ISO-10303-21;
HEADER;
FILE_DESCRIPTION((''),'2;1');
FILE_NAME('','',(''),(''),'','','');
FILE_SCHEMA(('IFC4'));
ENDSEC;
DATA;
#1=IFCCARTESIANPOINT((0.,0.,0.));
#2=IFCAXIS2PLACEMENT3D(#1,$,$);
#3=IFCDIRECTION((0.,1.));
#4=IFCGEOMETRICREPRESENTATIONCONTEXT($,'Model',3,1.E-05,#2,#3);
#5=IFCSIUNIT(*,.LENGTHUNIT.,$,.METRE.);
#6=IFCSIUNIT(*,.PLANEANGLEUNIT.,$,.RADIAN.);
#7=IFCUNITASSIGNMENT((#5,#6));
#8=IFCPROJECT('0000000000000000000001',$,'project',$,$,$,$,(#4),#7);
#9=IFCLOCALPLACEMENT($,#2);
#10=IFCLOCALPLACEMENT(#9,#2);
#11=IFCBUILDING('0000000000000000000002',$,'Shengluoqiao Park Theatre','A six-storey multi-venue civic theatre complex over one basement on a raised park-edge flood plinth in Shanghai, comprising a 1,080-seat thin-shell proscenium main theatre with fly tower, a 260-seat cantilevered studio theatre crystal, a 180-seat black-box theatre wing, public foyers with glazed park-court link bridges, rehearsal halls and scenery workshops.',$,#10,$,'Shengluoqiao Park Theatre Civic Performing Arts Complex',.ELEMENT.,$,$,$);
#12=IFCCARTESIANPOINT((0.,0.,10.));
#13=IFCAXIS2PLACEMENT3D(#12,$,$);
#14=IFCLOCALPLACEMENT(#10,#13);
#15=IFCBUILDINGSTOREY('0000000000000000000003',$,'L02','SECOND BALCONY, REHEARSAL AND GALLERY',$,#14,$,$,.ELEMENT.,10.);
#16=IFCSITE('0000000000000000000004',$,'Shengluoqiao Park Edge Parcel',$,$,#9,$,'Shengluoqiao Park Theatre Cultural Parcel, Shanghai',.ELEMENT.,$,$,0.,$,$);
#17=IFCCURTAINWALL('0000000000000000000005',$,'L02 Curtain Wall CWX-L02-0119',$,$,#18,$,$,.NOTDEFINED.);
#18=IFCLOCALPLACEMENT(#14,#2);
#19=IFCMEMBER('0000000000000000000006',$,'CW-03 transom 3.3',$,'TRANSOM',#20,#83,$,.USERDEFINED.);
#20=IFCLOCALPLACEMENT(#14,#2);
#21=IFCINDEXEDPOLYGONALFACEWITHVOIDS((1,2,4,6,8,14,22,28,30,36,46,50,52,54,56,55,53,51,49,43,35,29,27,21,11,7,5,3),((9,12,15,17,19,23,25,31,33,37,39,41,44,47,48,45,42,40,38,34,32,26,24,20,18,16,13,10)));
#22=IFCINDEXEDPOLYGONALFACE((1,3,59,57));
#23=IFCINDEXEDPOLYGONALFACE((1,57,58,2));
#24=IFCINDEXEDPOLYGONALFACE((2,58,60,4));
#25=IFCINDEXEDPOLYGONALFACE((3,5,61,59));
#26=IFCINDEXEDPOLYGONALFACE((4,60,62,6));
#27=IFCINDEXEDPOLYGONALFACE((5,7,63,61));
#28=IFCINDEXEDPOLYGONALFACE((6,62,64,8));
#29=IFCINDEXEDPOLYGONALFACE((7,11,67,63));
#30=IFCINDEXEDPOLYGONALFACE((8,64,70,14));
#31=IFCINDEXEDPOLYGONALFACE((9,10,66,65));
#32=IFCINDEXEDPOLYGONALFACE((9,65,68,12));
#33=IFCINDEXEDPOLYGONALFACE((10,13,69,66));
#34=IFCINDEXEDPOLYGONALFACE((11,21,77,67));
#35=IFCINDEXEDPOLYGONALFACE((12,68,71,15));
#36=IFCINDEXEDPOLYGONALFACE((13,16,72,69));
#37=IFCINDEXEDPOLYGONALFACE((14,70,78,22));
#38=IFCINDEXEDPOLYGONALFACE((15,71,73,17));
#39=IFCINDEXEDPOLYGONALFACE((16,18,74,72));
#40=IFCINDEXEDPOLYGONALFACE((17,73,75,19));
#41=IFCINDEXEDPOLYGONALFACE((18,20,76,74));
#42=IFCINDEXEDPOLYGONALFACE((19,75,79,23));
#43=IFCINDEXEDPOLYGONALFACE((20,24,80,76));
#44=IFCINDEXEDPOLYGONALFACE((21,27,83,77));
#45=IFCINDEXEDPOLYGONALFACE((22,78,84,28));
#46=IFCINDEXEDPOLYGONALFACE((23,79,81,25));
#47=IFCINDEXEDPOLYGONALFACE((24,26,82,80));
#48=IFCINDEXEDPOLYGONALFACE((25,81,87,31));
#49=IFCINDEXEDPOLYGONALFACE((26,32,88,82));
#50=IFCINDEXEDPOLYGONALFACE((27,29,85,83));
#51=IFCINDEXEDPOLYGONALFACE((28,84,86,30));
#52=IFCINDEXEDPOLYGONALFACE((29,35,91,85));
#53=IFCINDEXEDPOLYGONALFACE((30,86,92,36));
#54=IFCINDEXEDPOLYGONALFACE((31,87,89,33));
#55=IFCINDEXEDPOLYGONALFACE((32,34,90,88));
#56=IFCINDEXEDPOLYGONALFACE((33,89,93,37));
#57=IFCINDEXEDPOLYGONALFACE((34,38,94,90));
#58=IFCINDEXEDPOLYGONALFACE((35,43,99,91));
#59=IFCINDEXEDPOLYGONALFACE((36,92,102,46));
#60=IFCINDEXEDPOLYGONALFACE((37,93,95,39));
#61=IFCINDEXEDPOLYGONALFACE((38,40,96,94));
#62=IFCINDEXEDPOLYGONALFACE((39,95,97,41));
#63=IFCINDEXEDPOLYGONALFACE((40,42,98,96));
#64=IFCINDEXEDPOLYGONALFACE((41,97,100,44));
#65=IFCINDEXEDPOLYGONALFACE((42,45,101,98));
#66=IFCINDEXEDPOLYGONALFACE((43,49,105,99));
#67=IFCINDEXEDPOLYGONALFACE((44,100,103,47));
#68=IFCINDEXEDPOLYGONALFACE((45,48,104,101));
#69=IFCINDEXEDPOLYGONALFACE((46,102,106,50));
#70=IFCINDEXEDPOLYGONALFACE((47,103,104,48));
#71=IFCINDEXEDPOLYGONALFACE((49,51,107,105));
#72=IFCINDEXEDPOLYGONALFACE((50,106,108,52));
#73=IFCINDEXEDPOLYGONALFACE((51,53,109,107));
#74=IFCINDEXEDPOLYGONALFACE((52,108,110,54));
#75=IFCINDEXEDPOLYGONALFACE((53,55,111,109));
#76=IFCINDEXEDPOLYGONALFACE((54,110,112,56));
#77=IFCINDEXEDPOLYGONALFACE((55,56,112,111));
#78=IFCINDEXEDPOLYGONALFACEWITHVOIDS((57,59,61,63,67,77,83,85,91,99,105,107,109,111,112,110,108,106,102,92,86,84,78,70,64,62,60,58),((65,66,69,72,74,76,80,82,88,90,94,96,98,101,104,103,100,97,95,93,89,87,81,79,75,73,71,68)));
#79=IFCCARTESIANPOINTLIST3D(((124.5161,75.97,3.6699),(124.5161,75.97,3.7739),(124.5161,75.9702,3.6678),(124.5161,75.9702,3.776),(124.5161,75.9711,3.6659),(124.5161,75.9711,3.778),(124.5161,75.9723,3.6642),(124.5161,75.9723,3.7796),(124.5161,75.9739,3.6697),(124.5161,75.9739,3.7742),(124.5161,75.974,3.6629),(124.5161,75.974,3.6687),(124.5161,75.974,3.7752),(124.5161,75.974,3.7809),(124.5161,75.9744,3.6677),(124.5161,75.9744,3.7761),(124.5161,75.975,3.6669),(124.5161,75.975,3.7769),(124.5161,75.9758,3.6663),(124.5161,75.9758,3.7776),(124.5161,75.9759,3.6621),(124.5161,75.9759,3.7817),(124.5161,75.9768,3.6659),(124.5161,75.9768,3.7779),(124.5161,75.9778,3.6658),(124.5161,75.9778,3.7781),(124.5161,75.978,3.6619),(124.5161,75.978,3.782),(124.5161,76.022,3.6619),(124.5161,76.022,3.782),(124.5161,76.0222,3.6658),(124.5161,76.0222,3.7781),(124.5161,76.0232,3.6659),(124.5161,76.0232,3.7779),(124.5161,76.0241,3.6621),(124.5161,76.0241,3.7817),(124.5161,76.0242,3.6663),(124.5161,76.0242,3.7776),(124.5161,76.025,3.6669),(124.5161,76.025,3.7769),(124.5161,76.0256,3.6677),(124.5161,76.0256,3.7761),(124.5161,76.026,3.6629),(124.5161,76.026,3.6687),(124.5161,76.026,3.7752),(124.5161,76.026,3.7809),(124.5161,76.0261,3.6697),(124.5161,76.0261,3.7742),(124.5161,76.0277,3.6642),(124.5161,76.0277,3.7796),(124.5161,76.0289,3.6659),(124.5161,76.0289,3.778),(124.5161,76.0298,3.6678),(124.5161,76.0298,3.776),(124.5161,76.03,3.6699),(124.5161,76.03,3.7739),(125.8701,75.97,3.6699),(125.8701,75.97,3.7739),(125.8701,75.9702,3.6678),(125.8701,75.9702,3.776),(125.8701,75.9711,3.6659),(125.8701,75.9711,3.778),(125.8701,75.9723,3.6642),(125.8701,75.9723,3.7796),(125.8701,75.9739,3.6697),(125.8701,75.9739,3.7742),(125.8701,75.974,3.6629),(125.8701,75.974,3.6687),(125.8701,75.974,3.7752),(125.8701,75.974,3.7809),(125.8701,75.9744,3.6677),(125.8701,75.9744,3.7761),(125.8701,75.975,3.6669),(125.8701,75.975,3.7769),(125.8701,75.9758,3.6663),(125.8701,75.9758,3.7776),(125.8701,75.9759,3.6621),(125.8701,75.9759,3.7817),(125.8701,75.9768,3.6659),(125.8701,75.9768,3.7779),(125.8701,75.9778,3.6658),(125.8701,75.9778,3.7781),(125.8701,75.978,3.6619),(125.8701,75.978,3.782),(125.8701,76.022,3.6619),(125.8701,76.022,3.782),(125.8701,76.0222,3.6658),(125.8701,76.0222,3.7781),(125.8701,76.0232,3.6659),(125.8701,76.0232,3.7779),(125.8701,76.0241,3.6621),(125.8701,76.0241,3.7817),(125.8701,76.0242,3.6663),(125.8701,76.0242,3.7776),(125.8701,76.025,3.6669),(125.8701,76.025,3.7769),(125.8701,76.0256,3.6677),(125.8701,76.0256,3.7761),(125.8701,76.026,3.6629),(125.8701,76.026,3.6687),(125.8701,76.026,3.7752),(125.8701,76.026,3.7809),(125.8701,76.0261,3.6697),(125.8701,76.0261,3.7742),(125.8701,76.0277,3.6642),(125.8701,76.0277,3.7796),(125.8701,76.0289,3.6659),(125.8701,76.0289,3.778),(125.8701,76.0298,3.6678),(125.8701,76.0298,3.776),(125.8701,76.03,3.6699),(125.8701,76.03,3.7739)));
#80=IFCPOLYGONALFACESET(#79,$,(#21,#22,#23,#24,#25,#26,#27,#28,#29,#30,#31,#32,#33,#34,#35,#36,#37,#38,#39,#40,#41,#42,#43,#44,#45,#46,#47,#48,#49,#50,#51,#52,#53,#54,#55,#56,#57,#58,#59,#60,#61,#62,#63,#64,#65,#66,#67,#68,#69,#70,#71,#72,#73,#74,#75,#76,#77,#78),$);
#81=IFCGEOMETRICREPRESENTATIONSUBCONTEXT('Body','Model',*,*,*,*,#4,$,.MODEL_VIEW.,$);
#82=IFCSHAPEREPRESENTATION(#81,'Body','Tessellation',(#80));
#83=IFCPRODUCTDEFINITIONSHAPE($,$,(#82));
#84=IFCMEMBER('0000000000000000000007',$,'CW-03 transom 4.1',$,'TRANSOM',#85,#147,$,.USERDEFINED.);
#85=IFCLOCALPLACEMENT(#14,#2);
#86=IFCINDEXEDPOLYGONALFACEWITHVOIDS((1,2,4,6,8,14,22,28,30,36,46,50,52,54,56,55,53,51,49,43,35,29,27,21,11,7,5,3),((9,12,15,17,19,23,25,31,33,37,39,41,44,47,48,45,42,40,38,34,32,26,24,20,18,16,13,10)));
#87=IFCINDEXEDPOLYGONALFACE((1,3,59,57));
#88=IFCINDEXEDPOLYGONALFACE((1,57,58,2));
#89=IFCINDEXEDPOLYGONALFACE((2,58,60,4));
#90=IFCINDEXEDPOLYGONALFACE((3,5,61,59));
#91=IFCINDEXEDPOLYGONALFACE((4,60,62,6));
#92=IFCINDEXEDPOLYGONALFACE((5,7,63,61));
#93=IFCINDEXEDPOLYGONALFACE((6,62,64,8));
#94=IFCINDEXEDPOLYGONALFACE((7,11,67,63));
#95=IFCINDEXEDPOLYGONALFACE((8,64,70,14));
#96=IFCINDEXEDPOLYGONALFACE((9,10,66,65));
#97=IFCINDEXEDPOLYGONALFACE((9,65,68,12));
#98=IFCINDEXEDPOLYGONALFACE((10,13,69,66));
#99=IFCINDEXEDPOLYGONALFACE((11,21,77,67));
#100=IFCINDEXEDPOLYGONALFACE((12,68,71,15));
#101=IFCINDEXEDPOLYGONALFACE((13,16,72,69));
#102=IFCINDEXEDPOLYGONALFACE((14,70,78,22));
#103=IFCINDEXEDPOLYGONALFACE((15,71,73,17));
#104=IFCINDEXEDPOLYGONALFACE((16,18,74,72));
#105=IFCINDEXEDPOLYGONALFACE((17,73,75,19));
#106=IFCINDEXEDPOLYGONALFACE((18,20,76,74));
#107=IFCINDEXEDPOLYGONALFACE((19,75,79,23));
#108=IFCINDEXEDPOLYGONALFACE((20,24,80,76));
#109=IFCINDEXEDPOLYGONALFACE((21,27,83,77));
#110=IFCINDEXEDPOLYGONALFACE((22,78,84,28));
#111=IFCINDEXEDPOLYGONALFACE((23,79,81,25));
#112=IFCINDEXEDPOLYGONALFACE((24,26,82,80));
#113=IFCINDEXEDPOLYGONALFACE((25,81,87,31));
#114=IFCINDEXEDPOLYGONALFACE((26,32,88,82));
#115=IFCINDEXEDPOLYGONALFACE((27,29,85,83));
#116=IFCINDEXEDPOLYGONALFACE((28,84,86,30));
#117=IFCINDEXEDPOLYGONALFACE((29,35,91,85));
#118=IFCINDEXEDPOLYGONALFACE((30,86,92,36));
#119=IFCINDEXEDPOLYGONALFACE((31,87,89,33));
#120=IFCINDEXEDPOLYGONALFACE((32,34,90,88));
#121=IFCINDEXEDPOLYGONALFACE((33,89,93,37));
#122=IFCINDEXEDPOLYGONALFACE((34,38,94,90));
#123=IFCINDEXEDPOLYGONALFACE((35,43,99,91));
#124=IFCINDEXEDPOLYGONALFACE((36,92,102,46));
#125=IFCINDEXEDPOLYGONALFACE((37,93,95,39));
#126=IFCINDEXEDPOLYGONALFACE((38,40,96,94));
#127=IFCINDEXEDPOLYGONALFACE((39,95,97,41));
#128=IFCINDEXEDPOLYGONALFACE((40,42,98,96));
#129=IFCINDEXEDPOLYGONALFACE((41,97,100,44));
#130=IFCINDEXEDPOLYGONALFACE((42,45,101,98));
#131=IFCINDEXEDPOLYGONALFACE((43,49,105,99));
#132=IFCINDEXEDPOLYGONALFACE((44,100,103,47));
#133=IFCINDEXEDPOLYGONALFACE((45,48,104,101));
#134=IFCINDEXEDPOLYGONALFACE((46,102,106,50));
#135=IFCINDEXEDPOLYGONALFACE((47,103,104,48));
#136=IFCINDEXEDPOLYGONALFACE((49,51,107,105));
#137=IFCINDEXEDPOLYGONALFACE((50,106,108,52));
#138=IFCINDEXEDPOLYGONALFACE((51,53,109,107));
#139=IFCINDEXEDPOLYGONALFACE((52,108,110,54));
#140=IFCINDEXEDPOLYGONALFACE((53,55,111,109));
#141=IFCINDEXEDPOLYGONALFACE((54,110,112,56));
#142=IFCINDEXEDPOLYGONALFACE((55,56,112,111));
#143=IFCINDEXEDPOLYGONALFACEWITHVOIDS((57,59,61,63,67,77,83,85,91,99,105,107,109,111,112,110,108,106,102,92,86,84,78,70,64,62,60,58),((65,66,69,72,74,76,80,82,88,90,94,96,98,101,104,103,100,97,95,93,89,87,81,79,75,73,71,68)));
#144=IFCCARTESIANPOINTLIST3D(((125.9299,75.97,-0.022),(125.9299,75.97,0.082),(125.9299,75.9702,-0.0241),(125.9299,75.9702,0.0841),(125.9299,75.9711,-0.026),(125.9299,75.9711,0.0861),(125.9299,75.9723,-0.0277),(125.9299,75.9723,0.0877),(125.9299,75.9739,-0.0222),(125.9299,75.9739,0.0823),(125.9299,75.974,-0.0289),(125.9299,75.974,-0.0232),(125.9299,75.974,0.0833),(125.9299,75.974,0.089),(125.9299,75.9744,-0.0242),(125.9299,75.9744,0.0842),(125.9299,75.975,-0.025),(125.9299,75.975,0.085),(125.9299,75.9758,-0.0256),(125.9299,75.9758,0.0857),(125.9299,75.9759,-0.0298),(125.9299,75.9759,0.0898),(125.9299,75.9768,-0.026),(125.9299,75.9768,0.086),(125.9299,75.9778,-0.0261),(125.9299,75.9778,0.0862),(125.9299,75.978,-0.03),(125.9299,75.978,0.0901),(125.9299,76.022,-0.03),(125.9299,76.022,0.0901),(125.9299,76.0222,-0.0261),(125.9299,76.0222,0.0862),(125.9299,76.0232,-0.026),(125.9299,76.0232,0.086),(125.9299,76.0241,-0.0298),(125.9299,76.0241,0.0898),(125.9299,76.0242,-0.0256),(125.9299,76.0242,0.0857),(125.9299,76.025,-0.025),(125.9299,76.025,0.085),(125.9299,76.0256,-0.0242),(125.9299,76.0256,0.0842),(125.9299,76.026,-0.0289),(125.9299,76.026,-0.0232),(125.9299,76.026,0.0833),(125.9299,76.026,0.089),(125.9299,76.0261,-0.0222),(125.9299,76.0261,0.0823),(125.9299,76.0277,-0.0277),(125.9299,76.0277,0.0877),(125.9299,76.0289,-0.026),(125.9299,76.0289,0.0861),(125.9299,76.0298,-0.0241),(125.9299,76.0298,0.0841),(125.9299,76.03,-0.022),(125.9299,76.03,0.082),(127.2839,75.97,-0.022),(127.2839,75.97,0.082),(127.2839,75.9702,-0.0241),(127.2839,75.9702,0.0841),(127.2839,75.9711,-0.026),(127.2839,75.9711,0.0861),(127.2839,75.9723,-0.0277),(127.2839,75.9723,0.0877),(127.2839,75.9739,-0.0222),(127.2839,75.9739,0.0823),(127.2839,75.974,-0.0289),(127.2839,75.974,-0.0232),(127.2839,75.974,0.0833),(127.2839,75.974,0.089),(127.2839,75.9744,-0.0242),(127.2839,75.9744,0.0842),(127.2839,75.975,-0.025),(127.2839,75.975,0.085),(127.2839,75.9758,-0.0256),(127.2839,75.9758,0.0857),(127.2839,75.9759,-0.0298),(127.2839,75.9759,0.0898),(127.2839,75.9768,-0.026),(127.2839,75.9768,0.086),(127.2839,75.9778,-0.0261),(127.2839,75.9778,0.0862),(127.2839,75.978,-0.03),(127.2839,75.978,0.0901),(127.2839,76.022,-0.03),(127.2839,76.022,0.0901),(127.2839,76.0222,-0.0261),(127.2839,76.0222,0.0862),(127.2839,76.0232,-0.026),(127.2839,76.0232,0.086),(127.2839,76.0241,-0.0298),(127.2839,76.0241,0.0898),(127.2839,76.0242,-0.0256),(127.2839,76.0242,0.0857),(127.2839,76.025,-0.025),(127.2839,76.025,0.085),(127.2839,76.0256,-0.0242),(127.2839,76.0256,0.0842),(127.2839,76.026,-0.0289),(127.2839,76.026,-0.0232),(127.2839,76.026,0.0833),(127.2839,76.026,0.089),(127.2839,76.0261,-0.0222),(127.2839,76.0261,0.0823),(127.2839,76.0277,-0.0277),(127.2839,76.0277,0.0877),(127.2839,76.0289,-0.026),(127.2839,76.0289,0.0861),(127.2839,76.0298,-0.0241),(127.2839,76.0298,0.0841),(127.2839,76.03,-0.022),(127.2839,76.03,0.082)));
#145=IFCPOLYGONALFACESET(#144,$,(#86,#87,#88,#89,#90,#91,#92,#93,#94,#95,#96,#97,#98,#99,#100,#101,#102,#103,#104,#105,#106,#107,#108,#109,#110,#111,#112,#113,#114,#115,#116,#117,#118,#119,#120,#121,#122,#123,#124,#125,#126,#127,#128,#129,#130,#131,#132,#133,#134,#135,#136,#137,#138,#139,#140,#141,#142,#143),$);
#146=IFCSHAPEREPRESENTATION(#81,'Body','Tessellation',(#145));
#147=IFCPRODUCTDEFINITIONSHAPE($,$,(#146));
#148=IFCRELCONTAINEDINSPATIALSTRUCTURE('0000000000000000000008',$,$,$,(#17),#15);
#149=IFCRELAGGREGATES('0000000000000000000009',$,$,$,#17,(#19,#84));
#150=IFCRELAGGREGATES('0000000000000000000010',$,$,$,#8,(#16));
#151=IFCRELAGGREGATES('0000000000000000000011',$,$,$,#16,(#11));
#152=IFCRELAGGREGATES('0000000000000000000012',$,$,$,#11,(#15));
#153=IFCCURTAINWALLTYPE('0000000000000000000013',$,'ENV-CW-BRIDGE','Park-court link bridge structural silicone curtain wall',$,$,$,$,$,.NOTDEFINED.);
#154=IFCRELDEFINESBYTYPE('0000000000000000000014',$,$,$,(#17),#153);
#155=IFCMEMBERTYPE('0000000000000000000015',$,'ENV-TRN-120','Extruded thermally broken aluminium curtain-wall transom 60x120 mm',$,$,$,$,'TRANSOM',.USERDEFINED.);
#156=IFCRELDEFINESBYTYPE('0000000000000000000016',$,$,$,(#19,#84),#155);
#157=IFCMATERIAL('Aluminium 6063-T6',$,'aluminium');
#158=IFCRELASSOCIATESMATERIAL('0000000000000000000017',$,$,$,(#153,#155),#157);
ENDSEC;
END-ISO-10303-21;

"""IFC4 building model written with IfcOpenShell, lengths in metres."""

from ifc_helpers import new_model, si_unit, direction, frame, origin, origin_2d, place, context, subcontext, project, spatial, hollow_rectangle, extrude, material, material_profile, profile_set, type_object, element, aggregate, save


model = new_model("IFC4")

# Units and contexts
model_context = context("Model", 3, precision=1e-05, world=origin(), true_north=direction((0.0, 1.0)))
body_context = subcontext(model_context, "Body", "Model", "MODEL_VIEW")
ifc_project = project(units=[si_unit("LENGTHUNIT", "METRE"), si_unit("PLANEANGLEUNIT", "RADIAN")], contexts=[model_context])

# Site, building, storey
site_placement = place(None, origin())
site = spatial("IfcSite", under=ifc_project, at=site_placement, Name="Shengluoqiao Park Edge Parcel", LongName="Shengluoqiao Park Theatre Cultural Parcel, Shanghai", CompositionType="ELEMENT", RefElevation=0.0)
building_placement = place(site_placement, origin())
building = spatial("IfcBuilding", under=site, at=building_placement, Name="Shengluoqiao Park Theatre", Description="A six-storey multi-venue civic theatre complex over one basement on a raised park-edge flood plinth in Shanghai, comprising a 1,080-seat thin-shell proscenium main theatre with fly tower, a 260-seat cantilevered studio theatre crystal, a 180-seat black-box theatre wing, public foyers with glazed park-court link bridges, rehearsal halls and scenery workshops.", LongName="Shengluoqiao Park Theatre Civic Performing Arts Complex", CompositionType="ELEMENT")
storey_placement = place(building_placement, frame((0.0, 0.0, 10.0)))
storey = spatial("IfcBuildingStorey", under=building, at=storey_placement, Name="L02", Description="SECOND BALCONY, REHEARSAL AND GALLERY", CompositionType="ELEMENT", Elevation=10.0)

# Curtain wall, members
ifc_material_1 = material(Name="Aluminium 6063-T6", Category="aluminium")
curtain_wall_type = type_object("IfcCurtainWallType", Name="ENV-CW-BRIDGE", Description="Park-court link bridge structural silicone curtain wall", PredefinedType="NOTDEFINED", material=ifc_material_1)
curtain_wall_placement = place(storey_placement, origin())
curtain_wall = element("IfcCurtainWall", 1, at=curtain_wall_placement, inside=storey, type_object=curtain_wall_type, Name="L02 Curtain Wall CWX-L02-0119", PredefinedType="NOTDEFINED")
ifc_material_profile_1 = material_profile(ifc_material_1, hollow_rectangle(XDim=0.0601, YDim=0.1201, WallThickness=0.0039, InnerFilletRadius=0.0039, OuterFilletRadius=0.0081, at=origin_2d()), Name="ALU TRANSOM 120x60x4")
ifc_profile_set_1 = profile_set([ifc_material_profile_1], Name="Aluminium 6063-T6")
member_type_1 = type_object("IfcMemberType", Name="ENV-TRN-120", Description="Extruded thermally broken aluminium curtain-wall transom 60x120 mm", ElementType="TRANSOM", PredefinedType="USERDEFINED", material=ifc_profile_set_1)
member_1_placement = place(storey_placement, frame((124.5161, 76.0, 3.7219), z_axis=(1.0, 0.0, 0.0), x_axis=(0.0, 1.0, 0.0)))
member_1 = element("IfcMember", 2, at=member_1_placement, type_object=member_type_1, Name="CW-03 transom 3.3", ObjectType="TRANSOM", PredefinedType="USERDEFINED", context=body_context, shape_type="SweptSolid", body=[
    extrude(hollow_rectangle(XDim=0.0601, YDim=0.1201, WallThickness=0.0039, InnerFilletRadius=0.0039, OuterFilletRadius=0.0081, at=origin_2d()), origin(), (0.0, 0.0, 1.0), 1.354),
])
member_2_placement = place(storey_placement, frame((125.9299, 76.0, 0.03), z_axis=(1.0, 0.0, 0.0), x_axis=(0.0, 1.0, 0.0)))
member_2 = element("IfcMember", 3, at=member_2_placement, type_object=member_type_1, Name="CW-03 transom 4.1", ObjectType="TRANSOM", PredefinedType="USERDEFINED", context=body_context, shape_type="SweptSolid", body=[
    extrude(hollow_rectangle(XDim=0.0601, YDim=0.1201, WallThickness=0.0039, InnerFilletRadius=0.0039, OuterFilletRadius=0.0081, at=origin_2d()), origin(), (0.0, 0.0, 1.0), 1.354),
])
aggregate(curtain_wall, [member_1, member_2])

save(model, "model.ifc")
